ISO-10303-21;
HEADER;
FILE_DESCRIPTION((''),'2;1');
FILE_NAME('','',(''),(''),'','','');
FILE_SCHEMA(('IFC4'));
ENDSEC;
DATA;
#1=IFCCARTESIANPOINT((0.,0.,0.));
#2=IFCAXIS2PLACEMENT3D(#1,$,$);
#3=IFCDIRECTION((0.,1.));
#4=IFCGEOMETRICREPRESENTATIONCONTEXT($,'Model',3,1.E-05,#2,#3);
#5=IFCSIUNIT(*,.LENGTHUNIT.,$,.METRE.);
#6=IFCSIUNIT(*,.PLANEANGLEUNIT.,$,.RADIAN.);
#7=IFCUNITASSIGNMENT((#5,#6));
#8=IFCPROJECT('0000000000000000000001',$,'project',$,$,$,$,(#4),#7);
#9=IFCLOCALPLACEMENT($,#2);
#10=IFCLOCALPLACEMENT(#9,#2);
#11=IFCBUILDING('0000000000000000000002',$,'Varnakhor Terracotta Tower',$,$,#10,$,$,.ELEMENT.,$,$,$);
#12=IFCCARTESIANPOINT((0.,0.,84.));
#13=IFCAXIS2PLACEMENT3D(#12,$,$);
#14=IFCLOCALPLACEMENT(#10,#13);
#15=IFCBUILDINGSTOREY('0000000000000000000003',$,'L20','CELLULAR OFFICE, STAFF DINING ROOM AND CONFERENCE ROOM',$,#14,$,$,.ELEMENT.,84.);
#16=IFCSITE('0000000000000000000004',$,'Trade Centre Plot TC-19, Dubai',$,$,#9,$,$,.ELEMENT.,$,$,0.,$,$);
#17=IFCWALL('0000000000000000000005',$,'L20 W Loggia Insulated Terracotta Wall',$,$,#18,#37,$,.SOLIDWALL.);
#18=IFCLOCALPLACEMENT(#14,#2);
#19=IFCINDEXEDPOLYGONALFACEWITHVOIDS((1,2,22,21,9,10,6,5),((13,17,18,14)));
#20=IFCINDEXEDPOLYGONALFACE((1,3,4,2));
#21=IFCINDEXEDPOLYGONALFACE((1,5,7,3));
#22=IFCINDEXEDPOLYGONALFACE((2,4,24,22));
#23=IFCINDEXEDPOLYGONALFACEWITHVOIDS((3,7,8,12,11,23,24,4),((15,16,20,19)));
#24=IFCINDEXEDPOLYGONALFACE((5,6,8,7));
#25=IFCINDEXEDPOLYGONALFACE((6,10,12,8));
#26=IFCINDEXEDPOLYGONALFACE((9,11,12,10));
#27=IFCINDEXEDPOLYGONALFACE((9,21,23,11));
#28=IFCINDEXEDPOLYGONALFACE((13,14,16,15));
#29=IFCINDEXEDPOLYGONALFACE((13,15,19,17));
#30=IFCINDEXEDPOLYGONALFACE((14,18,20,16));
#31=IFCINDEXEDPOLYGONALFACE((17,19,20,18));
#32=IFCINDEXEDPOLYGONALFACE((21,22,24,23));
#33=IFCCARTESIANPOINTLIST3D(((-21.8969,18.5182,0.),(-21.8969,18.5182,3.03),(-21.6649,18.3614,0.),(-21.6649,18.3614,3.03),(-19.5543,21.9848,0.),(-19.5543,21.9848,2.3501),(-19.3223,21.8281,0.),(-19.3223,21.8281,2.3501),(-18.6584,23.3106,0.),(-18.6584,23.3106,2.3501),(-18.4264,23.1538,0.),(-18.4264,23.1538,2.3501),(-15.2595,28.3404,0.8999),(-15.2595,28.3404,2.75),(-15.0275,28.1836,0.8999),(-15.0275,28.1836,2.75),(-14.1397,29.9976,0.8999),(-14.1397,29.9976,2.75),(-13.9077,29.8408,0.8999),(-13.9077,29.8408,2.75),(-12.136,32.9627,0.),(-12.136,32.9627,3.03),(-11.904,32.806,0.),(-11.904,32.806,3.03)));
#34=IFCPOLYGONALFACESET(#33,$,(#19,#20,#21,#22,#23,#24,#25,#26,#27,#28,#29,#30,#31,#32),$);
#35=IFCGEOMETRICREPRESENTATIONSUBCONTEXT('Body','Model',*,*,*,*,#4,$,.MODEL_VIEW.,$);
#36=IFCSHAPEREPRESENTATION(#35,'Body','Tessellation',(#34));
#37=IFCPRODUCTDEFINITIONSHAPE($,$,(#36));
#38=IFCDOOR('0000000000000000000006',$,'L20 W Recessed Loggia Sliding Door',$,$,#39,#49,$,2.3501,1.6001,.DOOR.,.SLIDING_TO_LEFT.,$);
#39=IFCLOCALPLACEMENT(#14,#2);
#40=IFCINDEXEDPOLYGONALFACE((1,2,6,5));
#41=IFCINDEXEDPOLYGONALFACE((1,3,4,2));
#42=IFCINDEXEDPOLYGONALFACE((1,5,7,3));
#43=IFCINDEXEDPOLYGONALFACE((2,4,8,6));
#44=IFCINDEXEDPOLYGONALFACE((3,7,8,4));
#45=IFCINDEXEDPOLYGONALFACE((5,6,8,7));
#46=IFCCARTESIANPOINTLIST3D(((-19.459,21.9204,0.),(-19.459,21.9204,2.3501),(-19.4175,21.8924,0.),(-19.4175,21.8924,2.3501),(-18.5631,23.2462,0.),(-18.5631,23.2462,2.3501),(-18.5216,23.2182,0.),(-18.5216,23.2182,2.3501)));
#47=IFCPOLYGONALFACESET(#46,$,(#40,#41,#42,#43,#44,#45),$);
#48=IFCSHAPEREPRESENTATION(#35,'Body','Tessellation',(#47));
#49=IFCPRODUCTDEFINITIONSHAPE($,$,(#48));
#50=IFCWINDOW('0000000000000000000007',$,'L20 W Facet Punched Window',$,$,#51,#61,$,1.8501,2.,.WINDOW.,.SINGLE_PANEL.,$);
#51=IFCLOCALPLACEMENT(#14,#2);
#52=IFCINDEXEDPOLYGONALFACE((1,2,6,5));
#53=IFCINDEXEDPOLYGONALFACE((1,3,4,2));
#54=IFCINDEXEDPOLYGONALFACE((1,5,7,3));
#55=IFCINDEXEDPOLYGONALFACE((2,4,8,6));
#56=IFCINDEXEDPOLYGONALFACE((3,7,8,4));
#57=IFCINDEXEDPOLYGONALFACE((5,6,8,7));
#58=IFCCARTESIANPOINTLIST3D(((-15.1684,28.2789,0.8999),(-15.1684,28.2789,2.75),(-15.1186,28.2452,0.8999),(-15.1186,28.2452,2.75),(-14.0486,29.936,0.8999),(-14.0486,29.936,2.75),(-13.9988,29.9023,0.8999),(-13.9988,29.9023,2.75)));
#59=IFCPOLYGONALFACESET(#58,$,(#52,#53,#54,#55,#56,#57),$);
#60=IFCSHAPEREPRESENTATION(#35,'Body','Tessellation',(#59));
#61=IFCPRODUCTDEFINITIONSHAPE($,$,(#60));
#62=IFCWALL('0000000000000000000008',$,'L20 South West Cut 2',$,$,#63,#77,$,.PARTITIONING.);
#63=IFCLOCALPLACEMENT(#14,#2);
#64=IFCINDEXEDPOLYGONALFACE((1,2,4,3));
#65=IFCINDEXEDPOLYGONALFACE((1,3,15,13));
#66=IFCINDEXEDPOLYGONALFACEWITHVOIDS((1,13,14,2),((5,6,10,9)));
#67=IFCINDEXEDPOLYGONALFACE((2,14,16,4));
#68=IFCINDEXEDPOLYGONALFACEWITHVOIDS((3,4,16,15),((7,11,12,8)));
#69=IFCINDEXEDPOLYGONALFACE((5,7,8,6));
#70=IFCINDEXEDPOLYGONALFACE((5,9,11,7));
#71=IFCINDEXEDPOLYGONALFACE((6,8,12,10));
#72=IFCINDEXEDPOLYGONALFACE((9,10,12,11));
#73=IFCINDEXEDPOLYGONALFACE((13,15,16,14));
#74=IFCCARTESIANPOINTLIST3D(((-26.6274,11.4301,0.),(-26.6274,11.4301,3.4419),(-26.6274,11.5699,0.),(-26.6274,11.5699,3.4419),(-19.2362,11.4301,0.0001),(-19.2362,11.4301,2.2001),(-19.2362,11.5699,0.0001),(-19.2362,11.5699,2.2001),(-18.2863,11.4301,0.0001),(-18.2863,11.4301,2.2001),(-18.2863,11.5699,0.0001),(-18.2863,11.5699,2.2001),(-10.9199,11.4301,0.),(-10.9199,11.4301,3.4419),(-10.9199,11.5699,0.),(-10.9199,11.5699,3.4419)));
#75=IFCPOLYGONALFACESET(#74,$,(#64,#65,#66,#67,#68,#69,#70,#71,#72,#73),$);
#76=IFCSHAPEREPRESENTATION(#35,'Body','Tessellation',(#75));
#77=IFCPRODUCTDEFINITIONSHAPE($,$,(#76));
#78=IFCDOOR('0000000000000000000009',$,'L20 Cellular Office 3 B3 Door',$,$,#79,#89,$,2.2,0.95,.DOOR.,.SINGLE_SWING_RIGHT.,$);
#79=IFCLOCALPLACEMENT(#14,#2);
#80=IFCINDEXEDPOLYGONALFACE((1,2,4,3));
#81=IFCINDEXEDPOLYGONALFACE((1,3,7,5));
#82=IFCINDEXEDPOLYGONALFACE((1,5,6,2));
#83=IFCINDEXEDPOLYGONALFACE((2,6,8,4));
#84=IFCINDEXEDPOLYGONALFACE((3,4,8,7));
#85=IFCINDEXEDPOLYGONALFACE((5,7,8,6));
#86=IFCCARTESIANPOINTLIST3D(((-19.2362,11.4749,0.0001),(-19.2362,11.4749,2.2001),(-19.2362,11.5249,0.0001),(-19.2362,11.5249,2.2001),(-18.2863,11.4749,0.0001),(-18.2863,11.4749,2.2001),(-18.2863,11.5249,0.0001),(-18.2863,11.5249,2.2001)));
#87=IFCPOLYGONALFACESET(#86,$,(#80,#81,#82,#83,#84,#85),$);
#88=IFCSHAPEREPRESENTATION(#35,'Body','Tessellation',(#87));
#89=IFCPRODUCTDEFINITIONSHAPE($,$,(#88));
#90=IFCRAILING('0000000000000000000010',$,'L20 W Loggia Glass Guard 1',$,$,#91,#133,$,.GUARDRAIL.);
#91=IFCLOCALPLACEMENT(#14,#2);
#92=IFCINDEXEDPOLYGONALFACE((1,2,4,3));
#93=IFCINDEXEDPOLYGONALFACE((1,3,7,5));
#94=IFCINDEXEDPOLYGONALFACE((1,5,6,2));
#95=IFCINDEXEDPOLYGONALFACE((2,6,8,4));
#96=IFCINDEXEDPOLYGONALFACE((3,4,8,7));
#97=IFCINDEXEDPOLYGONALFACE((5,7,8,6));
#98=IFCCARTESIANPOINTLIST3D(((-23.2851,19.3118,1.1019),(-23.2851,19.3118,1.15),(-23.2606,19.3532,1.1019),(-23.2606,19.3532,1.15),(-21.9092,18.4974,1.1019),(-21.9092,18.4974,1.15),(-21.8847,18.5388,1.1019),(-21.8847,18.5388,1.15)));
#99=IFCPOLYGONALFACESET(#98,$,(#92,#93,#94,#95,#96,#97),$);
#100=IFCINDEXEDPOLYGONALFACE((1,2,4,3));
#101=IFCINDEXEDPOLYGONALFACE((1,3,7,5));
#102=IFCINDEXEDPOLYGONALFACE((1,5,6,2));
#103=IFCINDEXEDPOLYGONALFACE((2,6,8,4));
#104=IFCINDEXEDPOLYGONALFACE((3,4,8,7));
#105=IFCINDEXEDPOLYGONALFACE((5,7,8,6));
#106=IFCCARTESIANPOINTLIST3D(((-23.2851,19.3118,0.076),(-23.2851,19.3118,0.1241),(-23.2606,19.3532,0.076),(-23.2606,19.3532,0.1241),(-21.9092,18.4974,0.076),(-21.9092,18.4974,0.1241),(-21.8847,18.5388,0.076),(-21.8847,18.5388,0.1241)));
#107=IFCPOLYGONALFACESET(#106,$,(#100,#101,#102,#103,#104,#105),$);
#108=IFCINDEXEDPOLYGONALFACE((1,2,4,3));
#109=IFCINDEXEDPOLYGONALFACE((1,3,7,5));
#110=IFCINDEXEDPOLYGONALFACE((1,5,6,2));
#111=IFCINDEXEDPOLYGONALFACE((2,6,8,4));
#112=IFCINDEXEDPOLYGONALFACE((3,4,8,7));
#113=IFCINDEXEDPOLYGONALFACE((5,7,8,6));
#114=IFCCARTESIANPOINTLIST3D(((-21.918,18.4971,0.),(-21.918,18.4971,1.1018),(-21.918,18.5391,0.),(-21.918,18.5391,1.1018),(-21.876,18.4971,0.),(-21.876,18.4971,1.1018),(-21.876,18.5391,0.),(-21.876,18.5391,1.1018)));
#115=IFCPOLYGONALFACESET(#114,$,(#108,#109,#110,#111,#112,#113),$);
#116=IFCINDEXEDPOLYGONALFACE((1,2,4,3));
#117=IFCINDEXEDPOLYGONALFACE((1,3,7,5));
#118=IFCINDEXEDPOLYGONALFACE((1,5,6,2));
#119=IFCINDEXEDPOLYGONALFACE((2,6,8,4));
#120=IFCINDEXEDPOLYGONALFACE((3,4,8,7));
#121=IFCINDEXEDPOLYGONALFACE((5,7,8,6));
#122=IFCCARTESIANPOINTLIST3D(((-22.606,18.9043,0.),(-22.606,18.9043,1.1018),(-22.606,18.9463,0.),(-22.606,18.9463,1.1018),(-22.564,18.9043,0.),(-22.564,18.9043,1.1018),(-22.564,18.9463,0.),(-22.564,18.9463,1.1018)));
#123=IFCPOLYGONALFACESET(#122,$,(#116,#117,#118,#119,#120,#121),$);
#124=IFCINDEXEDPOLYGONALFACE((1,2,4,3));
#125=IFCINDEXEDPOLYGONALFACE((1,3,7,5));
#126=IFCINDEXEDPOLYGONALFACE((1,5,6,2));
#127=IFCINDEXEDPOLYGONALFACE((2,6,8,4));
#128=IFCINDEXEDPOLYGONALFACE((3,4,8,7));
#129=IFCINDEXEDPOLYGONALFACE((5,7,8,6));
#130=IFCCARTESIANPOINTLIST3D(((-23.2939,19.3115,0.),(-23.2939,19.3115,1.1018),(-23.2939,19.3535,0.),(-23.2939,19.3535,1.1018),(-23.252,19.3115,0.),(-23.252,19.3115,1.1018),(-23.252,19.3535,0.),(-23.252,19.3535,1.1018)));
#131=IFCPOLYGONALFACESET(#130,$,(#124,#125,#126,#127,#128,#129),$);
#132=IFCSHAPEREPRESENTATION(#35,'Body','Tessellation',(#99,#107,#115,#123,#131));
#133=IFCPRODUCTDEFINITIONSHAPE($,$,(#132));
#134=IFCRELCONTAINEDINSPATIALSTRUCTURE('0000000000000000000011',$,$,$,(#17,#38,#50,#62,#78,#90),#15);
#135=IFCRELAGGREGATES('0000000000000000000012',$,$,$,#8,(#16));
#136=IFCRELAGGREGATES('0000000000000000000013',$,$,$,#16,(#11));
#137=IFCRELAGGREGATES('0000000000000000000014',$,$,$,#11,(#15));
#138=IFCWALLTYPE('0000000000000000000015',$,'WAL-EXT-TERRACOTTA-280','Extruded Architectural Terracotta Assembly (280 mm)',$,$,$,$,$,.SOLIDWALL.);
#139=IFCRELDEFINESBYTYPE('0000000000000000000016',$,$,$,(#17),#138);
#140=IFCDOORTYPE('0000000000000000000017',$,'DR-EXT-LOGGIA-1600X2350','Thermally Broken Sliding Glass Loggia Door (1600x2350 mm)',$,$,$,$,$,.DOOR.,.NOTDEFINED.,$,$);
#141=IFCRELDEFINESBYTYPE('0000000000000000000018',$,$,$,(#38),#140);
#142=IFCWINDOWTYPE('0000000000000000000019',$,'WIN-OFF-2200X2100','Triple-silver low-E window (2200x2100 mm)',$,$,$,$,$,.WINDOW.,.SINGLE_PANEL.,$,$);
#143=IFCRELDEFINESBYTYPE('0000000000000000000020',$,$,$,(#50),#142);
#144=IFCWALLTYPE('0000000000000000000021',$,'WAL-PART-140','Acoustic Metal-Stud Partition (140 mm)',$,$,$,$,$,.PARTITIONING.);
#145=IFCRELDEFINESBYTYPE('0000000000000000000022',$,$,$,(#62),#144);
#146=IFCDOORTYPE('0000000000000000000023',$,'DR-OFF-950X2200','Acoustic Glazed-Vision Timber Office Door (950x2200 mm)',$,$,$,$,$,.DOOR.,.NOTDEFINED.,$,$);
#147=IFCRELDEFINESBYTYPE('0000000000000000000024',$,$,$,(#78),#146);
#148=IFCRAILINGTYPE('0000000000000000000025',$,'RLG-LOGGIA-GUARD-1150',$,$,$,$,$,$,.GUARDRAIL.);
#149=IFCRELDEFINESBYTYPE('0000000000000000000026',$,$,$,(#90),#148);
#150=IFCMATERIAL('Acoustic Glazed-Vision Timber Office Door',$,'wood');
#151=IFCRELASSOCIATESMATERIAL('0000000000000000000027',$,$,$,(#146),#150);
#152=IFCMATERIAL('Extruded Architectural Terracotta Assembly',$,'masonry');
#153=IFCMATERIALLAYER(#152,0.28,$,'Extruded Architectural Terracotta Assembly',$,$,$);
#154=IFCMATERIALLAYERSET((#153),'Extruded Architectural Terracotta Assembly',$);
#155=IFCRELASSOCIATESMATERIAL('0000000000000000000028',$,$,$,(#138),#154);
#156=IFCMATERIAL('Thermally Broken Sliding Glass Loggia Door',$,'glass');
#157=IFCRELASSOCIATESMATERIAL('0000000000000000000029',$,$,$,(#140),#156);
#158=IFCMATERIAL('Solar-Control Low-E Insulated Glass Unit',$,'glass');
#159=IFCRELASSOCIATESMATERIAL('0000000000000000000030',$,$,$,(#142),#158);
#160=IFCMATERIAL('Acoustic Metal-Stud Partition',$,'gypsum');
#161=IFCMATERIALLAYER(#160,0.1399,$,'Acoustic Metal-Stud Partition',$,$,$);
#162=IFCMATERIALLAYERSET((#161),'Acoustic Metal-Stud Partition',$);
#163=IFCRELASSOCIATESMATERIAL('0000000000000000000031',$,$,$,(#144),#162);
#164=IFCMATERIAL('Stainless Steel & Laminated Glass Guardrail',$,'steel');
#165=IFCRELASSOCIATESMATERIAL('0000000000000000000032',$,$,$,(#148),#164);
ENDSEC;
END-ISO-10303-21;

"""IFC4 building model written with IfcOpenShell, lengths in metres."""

from ifc_helpers import new_model, si_unit, direction, frame, frame_2d, origin, origin_2d, place, context, subcontext, project, spatial, rectangle, extrude, source, transform, mapped, material, layer, layer_set, type_object, type_shapes, element, fill, save


model = new_model("IFC4")

# Units and contexts
model_context = context("Model", 3, precision=1e-05, world=origin(), true_north=direction((0.0, 1.0)))
body_context = subcontext(model_context, "Body", "Model", "MODEL_VIEW")
ifc_project = project(units=[si_unit("LENGTHUNIT", "METRE"), si_unit("PLANEANGLEUNIT", "RADIAN")], contexts=[model_context])

# Site, building, storey
site_placement = place(None, origin())
site = spatial("IfcSite", under=ifc_project, at=site_placement, Name="Trade Centre Plot TC-19, Dubai", CompositionType="ELEMENT", RefElevation=0.0)
building_placement = place(site_placement, origin())
building = spatial("IfcBuilding", under=site, at=building_placement, Name="Varnakhor Terracotta Tower", CompositionType="ELEMENT")
storey_placement = place(building_placement, frame((0.0, 0.0, 84.0)))
storey = spatial("IfcBuildingStorey", under=building, at=storey_placement, Name="L20", Description="CELLULAR OFFICE, STAFF DINING ROOM AND CONFERENCE ROOM", CompositionType="ELEMENT", Elevation=84.0)

# Shared definitions
ifc_material_1 = material(Name="Acoustic Glazed-Vision Timber Office Door", Category="wood")
door_type_1 = type_object("IfcDoorType", Name="DR-OFF-950X2200", Description="Acoustic Glazed-Vision Timber Office Door (950x2200 mm)", OperationType="NOTDEFINED", PredefinedType="DOOR", material=ifc_material_1)
shared_shape_1 = source(origin(), body_context, "Body", "SweptSolid", [
    extrude(rectangle(XDim=0.95, YDim=2.2, at=frame_2d((0.4751, 1.1001))), frame((0.0, 0.0249, 0.0), z_axis=(0.0, -1.0, 0.0), x_axis=(1.0, 0.0, 0.0)), (0.0, 0.0, 1.0), 0.05),
])
type_shapes(door_type_1, [shared_shape_1])

# Wall, openings, door, window
ifc_material_2 = material(Name="Extruded Architectural Terracotta Assembly", Category="masonry")
ifc_layer_1 = layer(ifc_material_2, 0.28, Name="Extruded Architectural Terracotta Assembly")
ifc_layer_set_1 = layer_set([ifc_layer_1], Name="Extruded Architectural Terracotta Assembly")
wall_type_1 = type_object("IfcWallType", Name="WAL-EXT-TERRACOTTA-280", Description="Extruded Architectural Terracotta Assembly (280 mm)", PredefinedType="SOLIDWALL", material=ifc_layer_set_1)
wall_1_placement = place(storey_placement, frame((-21.781, 18.4397, 0.0), z_axis=(0.0, 0.0, 1.0), x_axis=(0.559902, 0.828559, 0.0)))
wall_1 = element("IfcWall", 1, at=wall_1_placement, inside=storey, type_object=wall_type_1, Name="L20 W Loggia Insulated Terracotta Wall", PredefinedType="SOLIDWALL", context=body_context, shape_type="SweptSolid", body=[
    extrude(rectangle(XDim=17.4333, YDim=0.28, at=frame_2d((8.7168, 0.0))), origin(), (0.0, 0.0, 1.0), 3.03),
])
opening_1_placement = place(wall_1_placement, frame((4.1841, 0.0, 0.0)))
opening_1 = element("IfcOpeningElement", 2, at=opening_1_placement, cuts=wall_1, PredefinedType="OPENING", context=body_context, shape_type="SweptSolid", body=[
    extrude(rectangle(XDim=1.6001, YDim=2.3501, at=frame_2d((0.8, 1.175))), frame((0.0, 0.1499, 0.0), z_axis=(0.0, -1.0, 0.0), x_axis=(1.0, 0.0, 0.0)), (0.0, 0.0, 1.0), 0.3),
])
opening_2_placement = place(wall_1_placement, frame((11.8547, 0.0, 0.8999)))
opening_2 = element("IfcOpeningElement", 3, at=opening_2_placement, cuts=wall_1, PredefinedType="OPENING", context=body_context, shape_type="SweptSolid", body=[
    extrude(rectangle(XDim=2.0, YDim=1.8501, at=frame_2d((1.0, 0.925))), frame((0.0, 0.1499, 0.0), z_axis=(0.0, -1.0, 0.0), x_axis=(1.0, 0.0, 0.0)), (0.0, 0.0, 1.0), 0.3),
])
ifc_material_3 = material(Name="Thermally Broken Sliding Glass Loggia Door", Category="glass")
door_type_2 = type_object("IfcDoorType", Name="DR-EXT-LOGGIA-1600X2350", Description="Thermally Broken Sliding Glass Loggia Door (1600x2350 mm)", OperationType="NOTDEFINED", PredefinedType="DOOR", material=ifc_material_3)
shared_shape_2 = source(origin(), body_context, "Body", "SweptSolid", [
    extrude(rectangle(XDim=1.6001, YDim=2.3501, at=frame_2d((0.8, 1.175))), frame((0.0, 0.0249, 0.0), z_axis=(0.0, -1.0, 0.0), x_axis=(1.0, 0.0, 0.0)), (0.0, 0.0, 1.0), 0.05),
])
type_shapes(door_type_2, [shared_shape_2])
door_1_placement = place(opening_1_placement, origin())
door_1 = element("IfcDoor", 4, at=door_1_placement, inside=storey, type_object=door_type_2, Name="L20 W Recessed Loggia Sliding Door", OperationType="SLIDING_TO_LEFT", OverallHeight=2.3501, OverallWidth=1.6001, PredefinedType="DOOR", context=body_context, shape_type="MappedRepresentation", body=[
    mapped(shared_shape_2, transform((0.0, 0.0, 0.0), scale=1.0)),
])
fill(opening_1, door_1)
ifc_material_4 = material(Name="Solar-Control Low-E Insulated Glass Unit", Category="glass")
window_type = type_object("IfcWindowType", Name="WIN-OFF-2200X2100", Description="Triple-silver low-E window (2200x2100 mm)", PartitioningType="SINGLE_PANEL", PredefinedType="WINDOW", material=ifc_material_4)
shared_shape_3 = source(origin(), body_context, "Body", "SweptSolid", [
    extrude(rectangle(XDim=2.0, YDim=1.8501, at=frame_2d((1.0, 0.925))), frame((0.0, 0.03, 0.0), z_axis=(0.0, -1.0, 0.0), x_axis=(1.0, 0.0, 0.0)), (0.0, 0.0, 1.0), 0.0601),
])
type_shapes(window_type, [shared_shape_3])
window_placement = place(opening_2_placement, origin())
window = element("IfcWindow", 5, at=window_placement, inside=storey, type_object=window_type, Name="L20 W Facet Punched Window", OverallHeight=1.8501, OverallWidth=2.0, PartitioningType="SINGLE_PANEL", PredefinedType="WINDOW", context=body_context, shape_type="MappedRepresentation", body=[
    mapped(shared_shape_3, transform((0.0, 0.0, 0.0), scale=1.0)),
])
fill(opening_2, window)

# Wall, opening, door
ifc_material_5 = material(Name="Acoustic Metal-Stud Partition", Category="gypsum")
ifc_layer_2 = layer(ifc_material_5, 0.1399, Name="Acoustic Metal-Stud Partition")
ifc_layer_set_2 = layer_set([ifc_layer_2], Name="Acoustic Metal-Stud Partition")
wall_type_2 = type_object("IfcWallType", Name="WAL-PART-140", Description="Acoustic Metal-Stud Partition (140 mm)", PredefinedType="PARTITIONING", material=ifc_layer_set_2)
wall_2_placement = place(storey_placement, frame((-26.6274, 11.5, 0.0), z_axis=(0.0, 0.0, 1.0), x_axis=(1.0, 0.0, 0.0)))
wall_2 = element("IfcWall", 6, at=wall_2_placement, inside=storey, type_object=wall_type_2, Name="L20 South West Cut 2", PredefinedType="PARTITIONING", context=body_context, shape_type="SweptSolid", body=[
    extrude(rectangle(XDim=15.7075, YDim=0.1399, at=frame_2d((7.8538, 0.0))), origin(), (0.0, 0.0, 1.0), 3.4419),
])
opening_3_placement = place(wall_2_placement, frame((7.3911, 0.0, 0.0)))
opening_3 = element("IfcOpeningElement", 7, at=opening_3_placement, cuts=wall_2, PredefinedType="OPENING", context=body_context, shape_type="SweptSolid", body=[
    extrude(rectangle(XDim=0.95, YDim=2.2, at=frame_2d((0.4751, 1.1001))), frame((0.0, 0.0801, 0.0), z_axis=(0.0, -1.0, 0.0), x_axis=(1.0, 0.0, 0.0)), (0.0, 0.0, 1.0), 0.1599),
])
door_2_placement = place(opening_3_placement, origin())
door_2 = element("IfcDoor", 8, at=door_2_placement, inside=storey, type_object=door_type_1, Name="L20 Cellular Office 3 B3 Door", OperationType="SINGLE_SWING_RIGHT", OverallHeight=2.2, OverallWidth=0.95, PredefinedType="DOOR", context=body_context, shape_type="MappedRepresentation", body=[
    mapped(shared_shape_1, transform((0.0, 0.0, 0.0), scale=1.0)),
])
fill(opening_3, door_2)

# Railing
ifc_material_6 = material(Name="Stainless Steel & Laminated Glass Guardrail", Category="steel")
railing_type = type_object("IfcRailingType", Name="RLG-LOGGIA-GUARD-1150", PredefinedType="GUARDRAIL", material=ifc_material_6)
railing_1_placement = place(storey_placement, frame((-21.897, 18.5181, 0.0)))
element("IfcRailing", 9, at=railing_1_placement, inside=storey, type_object=railing_type, Name="L20 W Loggia Glass Guard 1", PredefinedType="GUARDRAIL", context=body_context, shape_type="SweptSolid", body=[
    extrude(rectangle(XDim=0.0481, YDim=0.0481, at=origin_2d()), frame((0.0, 0.0, 1.126), z_axis=(-0.860549, 0.509367, 0.0), x_axis=(-0.509367, -0.860549, 0.0)), (0.0, 0.0, 1.0), 1.5989),
    extrude(rectangle(XDim=0.0481, YDim=0.0481, at=origin_2d()), frame((0.0, 0.0, 0.1001), z_axis=(-0.860549, 0.509367, 0.0), x_axis=(-0.509367, -0.860549, 0.0)), (0.0, 0.0, 1.0), 1.5989),
    extrude(rectangle(XDim=0.042, YDim=0.042, at=origin_2d()), origin(), (0.0, 0.0, 1.0), 1.1018),
    extrude(rectangle(XDim=0.042, YDim=0.042, at=origin_2d()), frame((-0.688, 0.4072, 0.0)), (0.0, 0.0, 1.0), 1.1018),
    extrude(rectangle(XDim=0.042, YDim=0.042, at=origin_2d()), frame((-1.376, 0.8145, 0.0)), (0.0, 0.0, 1.0), 1.1018),
])

save(model, "model.ifc")
